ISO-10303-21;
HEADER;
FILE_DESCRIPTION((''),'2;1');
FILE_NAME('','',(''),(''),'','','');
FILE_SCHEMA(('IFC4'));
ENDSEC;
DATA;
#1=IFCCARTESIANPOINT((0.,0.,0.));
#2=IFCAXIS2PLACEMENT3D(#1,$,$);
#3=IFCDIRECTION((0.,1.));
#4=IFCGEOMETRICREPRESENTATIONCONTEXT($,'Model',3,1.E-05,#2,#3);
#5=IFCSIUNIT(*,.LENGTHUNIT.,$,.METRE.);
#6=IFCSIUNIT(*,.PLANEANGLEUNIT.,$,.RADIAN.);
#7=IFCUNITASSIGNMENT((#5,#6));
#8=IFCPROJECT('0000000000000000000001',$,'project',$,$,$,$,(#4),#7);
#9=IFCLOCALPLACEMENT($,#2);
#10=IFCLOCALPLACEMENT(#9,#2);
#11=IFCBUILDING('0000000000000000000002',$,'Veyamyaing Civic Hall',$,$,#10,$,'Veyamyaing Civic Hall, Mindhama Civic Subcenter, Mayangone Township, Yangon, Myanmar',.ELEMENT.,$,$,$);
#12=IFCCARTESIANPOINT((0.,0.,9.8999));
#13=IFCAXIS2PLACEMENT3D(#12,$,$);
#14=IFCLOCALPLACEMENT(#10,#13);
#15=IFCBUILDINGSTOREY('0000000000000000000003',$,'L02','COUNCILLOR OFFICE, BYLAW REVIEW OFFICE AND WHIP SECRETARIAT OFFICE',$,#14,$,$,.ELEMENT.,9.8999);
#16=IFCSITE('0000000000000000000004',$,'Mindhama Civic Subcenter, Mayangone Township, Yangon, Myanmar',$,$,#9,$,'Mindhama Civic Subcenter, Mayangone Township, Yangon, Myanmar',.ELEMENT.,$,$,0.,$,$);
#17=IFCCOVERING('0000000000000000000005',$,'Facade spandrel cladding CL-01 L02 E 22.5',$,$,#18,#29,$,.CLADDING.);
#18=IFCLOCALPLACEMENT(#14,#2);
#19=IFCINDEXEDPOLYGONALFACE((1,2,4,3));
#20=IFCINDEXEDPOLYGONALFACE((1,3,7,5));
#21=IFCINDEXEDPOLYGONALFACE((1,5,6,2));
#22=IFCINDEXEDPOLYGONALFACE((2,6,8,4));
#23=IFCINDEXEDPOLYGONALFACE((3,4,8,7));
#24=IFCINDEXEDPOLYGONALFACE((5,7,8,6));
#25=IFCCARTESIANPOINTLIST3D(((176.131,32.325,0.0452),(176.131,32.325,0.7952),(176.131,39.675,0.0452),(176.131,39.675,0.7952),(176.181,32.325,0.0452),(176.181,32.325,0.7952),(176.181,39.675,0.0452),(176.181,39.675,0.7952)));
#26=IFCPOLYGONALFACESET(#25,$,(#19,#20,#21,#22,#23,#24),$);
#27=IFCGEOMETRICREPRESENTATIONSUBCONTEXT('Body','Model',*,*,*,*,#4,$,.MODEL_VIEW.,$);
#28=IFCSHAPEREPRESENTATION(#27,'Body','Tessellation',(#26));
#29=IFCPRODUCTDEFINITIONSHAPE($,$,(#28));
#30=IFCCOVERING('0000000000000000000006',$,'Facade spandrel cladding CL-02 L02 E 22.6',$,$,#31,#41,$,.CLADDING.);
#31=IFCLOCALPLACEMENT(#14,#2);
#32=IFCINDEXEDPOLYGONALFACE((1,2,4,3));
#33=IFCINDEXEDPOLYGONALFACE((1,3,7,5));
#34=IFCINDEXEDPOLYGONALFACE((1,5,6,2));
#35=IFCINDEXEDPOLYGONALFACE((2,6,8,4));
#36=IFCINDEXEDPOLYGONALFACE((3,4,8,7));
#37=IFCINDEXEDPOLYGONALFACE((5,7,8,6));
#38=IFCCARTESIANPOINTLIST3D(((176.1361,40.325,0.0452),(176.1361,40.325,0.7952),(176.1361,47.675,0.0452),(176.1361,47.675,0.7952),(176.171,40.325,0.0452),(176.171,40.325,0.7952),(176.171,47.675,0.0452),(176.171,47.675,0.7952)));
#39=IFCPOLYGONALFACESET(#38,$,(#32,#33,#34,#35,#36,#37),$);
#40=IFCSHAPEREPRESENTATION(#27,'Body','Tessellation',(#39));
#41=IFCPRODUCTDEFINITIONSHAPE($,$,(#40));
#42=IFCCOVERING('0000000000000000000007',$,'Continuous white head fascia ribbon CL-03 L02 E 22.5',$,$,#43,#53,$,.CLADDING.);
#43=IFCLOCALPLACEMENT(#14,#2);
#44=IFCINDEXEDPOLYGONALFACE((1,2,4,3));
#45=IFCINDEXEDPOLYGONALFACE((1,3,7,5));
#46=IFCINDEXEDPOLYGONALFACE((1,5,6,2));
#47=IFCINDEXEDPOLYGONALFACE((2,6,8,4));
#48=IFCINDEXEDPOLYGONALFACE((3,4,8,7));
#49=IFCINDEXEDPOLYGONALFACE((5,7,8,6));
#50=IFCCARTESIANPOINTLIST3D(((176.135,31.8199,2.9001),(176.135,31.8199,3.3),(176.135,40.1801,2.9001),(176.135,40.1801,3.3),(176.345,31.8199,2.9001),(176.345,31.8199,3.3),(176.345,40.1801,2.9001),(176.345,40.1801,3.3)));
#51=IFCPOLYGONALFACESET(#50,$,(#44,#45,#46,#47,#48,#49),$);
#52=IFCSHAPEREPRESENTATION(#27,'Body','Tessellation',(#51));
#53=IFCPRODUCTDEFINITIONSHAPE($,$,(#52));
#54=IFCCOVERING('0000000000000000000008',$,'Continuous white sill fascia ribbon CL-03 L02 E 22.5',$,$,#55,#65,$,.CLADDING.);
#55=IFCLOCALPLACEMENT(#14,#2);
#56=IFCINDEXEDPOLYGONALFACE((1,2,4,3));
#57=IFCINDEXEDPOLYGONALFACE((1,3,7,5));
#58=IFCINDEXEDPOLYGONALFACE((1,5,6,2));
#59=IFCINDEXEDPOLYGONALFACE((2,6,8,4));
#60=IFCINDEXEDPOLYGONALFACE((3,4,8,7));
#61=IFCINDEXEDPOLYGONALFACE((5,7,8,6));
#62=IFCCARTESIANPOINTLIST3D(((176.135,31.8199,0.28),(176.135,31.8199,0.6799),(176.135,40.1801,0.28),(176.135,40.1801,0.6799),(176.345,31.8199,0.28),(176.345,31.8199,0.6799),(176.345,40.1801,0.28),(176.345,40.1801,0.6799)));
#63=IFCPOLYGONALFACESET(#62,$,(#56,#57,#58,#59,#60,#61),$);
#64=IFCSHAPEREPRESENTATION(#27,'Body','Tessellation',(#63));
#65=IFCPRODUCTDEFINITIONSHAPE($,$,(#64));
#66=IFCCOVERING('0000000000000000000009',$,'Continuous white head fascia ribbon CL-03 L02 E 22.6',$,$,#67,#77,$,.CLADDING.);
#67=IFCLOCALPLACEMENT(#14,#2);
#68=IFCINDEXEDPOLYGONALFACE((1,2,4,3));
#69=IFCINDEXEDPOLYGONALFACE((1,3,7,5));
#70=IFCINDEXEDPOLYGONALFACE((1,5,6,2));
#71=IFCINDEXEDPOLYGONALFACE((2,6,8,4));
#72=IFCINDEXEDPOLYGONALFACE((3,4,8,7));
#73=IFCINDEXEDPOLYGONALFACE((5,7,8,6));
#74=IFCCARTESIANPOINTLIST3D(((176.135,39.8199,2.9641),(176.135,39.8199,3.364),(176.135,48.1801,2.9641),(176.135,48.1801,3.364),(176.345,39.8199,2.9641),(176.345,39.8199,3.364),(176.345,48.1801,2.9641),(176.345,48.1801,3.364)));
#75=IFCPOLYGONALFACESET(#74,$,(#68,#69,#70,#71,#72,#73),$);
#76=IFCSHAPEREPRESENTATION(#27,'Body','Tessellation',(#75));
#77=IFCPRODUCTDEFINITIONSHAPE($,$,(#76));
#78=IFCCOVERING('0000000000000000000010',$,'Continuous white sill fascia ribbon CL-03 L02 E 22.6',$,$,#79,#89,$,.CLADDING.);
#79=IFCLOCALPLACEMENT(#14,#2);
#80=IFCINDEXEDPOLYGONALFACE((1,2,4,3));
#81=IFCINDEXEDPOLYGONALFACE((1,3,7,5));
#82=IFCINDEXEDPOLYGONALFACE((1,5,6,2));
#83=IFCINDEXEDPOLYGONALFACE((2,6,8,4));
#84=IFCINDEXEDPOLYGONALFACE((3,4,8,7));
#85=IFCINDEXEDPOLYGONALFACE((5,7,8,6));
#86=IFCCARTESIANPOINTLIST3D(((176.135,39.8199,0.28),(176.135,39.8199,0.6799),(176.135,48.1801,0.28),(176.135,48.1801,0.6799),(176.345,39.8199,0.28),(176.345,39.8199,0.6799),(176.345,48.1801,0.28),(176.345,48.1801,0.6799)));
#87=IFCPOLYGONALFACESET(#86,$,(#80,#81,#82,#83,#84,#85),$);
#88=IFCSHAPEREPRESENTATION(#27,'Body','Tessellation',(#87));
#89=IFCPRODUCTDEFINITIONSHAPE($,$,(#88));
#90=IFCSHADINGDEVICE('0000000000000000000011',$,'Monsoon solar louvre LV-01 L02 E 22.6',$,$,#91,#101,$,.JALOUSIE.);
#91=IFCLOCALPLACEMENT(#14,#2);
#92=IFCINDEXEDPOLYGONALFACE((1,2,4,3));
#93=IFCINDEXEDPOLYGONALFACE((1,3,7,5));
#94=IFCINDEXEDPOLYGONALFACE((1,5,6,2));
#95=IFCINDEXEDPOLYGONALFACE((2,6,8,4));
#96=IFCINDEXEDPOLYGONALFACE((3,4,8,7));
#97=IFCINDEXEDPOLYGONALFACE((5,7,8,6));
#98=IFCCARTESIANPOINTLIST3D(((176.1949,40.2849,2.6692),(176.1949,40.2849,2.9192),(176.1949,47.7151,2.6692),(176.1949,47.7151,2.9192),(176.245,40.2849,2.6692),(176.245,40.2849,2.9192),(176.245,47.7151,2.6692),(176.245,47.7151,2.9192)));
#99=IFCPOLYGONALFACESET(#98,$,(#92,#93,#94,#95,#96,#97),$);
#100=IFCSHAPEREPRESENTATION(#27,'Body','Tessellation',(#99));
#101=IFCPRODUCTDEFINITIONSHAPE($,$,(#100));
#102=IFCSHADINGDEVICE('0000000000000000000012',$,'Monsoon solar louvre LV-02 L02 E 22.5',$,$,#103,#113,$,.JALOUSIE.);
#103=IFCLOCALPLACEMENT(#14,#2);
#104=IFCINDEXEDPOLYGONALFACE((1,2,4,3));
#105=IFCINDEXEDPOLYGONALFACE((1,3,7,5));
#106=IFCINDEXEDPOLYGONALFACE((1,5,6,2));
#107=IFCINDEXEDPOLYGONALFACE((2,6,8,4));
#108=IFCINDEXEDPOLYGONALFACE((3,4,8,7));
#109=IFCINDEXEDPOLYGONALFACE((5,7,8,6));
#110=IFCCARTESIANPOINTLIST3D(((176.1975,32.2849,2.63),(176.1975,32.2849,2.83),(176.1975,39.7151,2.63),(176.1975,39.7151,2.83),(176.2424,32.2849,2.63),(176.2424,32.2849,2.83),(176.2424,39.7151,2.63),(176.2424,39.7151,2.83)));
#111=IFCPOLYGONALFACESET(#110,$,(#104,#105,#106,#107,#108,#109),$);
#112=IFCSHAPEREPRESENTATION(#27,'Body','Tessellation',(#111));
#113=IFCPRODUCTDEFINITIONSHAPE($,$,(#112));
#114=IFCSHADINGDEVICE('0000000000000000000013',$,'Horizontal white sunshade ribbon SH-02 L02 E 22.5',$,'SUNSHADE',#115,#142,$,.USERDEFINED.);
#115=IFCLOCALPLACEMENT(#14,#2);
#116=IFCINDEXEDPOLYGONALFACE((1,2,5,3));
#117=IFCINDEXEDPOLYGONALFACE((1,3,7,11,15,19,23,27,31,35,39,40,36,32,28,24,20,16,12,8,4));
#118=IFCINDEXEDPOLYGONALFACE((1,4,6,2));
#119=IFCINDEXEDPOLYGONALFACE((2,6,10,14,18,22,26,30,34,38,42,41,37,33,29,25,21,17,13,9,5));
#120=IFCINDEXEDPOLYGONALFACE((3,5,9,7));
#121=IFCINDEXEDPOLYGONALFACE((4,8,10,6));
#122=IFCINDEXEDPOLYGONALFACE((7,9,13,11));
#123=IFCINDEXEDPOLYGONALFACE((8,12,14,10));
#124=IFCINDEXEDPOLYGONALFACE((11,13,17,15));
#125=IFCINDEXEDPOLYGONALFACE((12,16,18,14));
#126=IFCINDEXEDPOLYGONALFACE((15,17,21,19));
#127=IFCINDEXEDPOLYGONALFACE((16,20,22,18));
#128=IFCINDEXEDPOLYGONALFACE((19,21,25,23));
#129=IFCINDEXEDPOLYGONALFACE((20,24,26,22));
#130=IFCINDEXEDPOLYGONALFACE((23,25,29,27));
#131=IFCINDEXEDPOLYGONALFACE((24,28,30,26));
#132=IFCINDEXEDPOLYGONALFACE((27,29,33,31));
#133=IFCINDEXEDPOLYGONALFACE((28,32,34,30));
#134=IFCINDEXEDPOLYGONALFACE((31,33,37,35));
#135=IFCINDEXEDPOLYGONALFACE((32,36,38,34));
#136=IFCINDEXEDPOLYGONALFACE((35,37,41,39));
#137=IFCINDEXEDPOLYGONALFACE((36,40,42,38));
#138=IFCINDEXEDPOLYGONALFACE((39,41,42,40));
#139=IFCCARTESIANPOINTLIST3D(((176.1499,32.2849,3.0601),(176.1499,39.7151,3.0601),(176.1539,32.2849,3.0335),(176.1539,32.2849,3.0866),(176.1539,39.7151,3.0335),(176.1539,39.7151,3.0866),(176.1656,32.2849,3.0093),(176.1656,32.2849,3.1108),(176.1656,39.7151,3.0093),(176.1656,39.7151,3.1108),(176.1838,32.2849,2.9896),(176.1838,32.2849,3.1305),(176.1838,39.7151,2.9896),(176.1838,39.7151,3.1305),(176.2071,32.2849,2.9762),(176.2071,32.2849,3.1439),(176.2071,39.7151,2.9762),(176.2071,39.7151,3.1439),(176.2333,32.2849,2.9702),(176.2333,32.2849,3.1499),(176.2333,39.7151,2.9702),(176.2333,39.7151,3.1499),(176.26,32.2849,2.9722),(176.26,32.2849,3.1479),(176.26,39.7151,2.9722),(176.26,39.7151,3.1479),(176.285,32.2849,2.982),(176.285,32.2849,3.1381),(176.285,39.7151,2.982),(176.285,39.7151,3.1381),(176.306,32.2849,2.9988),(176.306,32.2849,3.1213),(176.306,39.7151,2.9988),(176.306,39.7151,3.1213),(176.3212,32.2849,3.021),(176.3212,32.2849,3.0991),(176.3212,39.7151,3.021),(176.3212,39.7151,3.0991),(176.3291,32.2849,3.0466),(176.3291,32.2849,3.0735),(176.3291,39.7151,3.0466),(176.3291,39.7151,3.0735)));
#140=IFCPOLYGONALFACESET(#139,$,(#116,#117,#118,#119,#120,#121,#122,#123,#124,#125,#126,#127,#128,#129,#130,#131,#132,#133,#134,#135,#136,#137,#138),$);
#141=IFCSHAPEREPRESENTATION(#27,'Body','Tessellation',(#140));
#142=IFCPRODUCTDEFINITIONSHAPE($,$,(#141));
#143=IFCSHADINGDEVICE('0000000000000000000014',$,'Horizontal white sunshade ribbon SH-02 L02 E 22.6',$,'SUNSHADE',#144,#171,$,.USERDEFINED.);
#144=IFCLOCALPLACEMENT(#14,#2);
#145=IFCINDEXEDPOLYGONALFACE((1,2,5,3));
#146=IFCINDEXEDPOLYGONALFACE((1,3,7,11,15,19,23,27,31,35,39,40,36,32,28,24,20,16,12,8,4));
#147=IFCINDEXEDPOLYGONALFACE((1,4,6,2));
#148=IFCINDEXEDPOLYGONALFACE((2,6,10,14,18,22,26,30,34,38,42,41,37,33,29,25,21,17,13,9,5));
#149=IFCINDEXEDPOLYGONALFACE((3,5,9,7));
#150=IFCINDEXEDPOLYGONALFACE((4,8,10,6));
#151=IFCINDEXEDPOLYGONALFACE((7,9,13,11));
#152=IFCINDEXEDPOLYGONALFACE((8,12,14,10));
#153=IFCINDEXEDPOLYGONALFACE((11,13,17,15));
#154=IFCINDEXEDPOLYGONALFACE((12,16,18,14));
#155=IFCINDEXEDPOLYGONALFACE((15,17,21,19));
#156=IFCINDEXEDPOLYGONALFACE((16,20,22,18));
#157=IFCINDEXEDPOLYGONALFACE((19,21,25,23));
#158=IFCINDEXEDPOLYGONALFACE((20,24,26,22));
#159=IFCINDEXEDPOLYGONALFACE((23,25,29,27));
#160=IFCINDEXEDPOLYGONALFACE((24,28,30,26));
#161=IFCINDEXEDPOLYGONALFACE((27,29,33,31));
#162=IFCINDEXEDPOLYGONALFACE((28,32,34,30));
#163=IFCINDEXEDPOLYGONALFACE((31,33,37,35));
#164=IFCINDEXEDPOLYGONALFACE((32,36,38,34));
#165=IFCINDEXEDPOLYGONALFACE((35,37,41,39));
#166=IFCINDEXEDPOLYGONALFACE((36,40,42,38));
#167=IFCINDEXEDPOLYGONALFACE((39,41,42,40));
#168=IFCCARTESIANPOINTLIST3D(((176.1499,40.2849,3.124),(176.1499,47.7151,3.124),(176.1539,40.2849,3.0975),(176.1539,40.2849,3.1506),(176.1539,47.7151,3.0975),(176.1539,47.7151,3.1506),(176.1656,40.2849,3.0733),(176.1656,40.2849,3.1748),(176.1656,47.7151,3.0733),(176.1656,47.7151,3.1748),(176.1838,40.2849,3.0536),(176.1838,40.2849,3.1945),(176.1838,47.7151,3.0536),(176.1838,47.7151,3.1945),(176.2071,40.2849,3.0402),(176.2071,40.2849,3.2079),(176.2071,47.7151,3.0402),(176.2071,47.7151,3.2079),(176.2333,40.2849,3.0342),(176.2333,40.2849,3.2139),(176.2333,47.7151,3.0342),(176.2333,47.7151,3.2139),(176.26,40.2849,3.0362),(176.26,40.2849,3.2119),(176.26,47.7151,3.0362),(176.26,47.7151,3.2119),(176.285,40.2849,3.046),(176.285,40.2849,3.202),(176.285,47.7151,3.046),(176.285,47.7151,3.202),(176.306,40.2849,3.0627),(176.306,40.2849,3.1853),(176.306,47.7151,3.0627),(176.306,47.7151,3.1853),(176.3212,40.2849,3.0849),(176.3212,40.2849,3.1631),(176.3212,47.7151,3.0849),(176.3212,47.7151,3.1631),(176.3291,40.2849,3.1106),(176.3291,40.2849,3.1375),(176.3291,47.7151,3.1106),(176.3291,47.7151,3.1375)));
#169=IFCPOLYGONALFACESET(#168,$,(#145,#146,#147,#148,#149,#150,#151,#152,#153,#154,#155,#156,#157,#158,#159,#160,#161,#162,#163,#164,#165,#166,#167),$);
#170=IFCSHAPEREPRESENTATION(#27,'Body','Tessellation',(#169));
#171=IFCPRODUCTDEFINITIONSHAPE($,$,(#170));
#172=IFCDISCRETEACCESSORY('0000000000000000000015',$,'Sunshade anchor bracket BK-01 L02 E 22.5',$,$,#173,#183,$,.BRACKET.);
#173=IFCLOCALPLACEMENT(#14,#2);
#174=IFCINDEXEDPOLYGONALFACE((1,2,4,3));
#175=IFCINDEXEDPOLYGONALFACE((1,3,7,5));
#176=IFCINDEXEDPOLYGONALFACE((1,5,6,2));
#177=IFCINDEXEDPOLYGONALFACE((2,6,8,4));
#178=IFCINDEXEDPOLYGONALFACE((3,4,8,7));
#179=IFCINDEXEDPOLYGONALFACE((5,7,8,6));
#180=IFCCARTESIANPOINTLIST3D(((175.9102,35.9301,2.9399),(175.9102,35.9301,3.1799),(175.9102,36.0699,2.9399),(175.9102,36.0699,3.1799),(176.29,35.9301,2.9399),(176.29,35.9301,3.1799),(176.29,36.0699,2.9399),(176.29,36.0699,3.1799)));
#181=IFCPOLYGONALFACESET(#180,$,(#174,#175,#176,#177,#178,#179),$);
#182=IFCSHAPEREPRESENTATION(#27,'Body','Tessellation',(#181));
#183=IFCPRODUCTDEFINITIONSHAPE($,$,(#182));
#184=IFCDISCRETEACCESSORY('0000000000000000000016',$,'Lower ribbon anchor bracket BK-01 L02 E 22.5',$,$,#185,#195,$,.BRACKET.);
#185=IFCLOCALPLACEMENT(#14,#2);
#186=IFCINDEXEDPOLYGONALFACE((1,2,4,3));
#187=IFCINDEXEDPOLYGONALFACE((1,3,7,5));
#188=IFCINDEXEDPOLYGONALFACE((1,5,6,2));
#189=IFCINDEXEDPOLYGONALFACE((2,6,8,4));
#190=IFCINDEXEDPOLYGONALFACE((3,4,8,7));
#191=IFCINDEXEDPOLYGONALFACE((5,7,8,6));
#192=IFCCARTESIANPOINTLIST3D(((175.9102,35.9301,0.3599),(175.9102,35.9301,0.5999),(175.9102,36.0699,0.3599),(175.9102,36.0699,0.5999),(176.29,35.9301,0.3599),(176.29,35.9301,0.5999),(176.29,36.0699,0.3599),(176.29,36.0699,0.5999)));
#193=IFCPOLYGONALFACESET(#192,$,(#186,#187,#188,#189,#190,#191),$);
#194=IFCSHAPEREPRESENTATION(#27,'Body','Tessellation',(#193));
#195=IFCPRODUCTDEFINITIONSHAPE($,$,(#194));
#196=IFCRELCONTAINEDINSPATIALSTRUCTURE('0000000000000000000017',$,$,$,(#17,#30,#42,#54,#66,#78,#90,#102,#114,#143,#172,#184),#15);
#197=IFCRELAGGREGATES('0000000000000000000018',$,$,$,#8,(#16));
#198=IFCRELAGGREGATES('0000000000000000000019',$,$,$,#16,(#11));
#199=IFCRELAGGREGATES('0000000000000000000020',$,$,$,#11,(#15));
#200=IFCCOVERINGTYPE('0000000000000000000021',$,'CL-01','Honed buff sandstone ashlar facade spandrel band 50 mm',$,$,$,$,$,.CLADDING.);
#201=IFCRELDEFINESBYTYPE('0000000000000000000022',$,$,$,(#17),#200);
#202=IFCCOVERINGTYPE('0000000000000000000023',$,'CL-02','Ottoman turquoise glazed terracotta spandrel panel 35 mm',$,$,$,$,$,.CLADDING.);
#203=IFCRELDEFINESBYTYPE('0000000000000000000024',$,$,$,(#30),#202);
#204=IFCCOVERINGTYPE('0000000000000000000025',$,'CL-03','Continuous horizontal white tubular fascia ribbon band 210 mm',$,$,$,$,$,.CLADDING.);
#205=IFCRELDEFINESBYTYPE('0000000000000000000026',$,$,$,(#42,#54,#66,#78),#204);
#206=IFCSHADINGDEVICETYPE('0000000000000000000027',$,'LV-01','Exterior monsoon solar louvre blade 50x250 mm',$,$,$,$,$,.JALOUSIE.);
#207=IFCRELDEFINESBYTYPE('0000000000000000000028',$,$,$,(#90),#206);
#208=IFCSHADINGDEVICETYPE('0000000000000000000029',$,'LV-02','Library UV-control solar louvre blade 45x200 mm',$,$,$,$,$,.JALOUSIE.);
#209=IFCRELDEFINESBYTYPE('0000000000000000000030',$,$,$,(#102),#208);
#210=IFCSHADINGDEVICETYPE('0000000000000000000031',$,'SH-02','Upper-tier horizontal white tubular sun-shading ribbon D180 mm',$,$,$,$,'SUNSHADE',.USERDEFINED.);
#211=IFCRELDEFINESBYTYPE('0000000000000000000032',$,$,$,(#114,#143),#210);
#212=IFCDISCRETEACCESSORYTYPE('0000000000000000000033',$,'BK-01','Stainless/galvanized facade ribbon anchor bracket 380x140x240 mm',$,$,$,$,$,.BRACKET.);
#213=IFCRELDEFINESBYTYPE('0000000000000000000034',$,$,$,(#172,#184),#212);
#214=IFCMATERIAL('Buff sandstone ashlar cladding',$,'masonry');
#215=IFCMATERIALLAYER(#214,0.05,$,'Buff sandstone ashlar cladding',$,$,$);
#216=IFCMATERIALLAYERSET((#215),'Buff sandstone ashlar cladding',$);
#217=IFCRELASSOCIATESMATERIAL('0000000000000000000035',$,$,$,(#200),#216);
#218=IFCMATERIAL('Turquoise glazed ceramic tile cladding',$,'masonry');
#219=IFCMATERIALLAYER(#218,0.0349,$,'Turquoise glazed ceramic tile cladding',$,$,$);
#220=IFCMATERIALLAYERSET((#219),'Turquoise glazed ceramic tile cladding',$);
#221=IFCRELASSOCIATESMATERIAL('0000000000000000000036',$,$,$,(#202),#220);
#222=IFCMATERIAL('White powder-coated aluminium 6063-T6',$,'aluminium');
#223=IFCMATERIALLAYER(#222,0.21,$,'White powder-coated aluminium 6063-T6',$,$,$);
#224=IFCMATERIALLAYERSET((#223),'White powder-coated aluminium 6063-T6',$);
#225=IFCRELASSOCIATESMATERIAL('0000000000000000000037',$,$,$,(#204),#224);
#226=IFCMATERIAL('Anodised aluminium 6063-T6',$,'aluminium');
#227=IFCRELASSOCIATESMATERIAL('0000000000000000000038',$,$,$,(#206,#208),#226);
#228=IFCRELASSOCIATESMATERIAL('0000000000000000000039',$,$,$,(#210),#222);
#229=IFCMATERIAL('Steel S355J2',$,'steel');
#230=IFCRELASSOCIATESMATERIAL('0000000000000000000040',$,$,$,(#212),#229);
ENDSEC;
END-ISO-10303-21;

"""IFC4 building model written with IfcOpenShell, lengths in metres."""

from ifc_helpers import new_model, si_unit, direction, frame, origin, origin_2d, place, context, subcontext, project, spatial, rectangle, circle, extrude, material, layer, layer_set, material_profile, profile_set, type_object, element, save


model = new_model("IFC4")

# Units and contexts
model_context = context("Model", 3, precision=1e-05, world=origin(), true_north=direction((0.0, 1.0)))
body_context = subcontext(model_context, "Body", "Model", "MODEL_VIEW")
ifc_project = project(units=[si_unit("LENGTHUNIT", "METRE"), si_unit("PLANEANGLEUNIT", "RADIAN")], contexts=[model_context])

# Site, building, storey
site_placement = place(None, origin())
site = spatial("IfcSite", under=ifc_project, at=site_placement, Name="Mindhama Civic Subcenter, Mayangone Township, Yangon, Myanmar", LongName="Mindhama Civic Subcenter, Mayangone Township, Yangon, Myanmar", CompositionType="ELEMENT", RefElevation=0.0)
building_placement = place(site_placement, origin())
building = spatial("IfcBuilding", under=site, at=building_placement, Name="Veyamyaing Civic Hall", LongName="Veyamyaing Civic Hall, Mindhama Civic Subcenter, Mayangone Township, Yangon, Myanmar", CompositionType="ELEMENT")
storey_placement = place(building_placement, frame((0.0, 0.0, 9.8999)))
storey = spatial("IfcBuildingStorey", under=building, at=storey_placement, Name="L02", Description="COUNCILLOR OFFICE, BYLAW REVIEW OFFICE AND WHIP SECRETARIAT OFFICE", CompositionType="ELEMENT", Elevation=9.8999)

# Coverings
ifc_material_1 = material(Name="Buff sandstone ashlar cladding", Category="masonry")
ifc_layer_1 = layer(ifc_material_1, 0.05, Name="Buff sandstone ashlar cladding")
ifc_layer_set_1 = layer_set([ifc_layer_1], Name="Buff sandstone ashlar cladding")
covering_type_1 = type_object("IfcCoveringType", Name="CL-01", Description="Honed buff sandstone ashlar facade spandrel band 50 mm", PredefinedType="CLADDING", material=ifc_layer_set_1)
covering_1_placement = place(storey_placement, frame((176.156, 36.0, 0.0452), z_axis=(0.0, 0.0, 1.0), x_axis=(0.0, 1.0, 0.0)))
element("IfcCovering", 1, at=covering_1_placement, inside=storey, type_object=covering_type_1, Name="Facade spandrel cladding CL-01 L02 E 22.5", PredefinedType="CLADDING", context=body_context, shape_type="SweptSolid", body=[
    extrude(rectangle(XDim=7.3501, YDim=0.05, at=origin_2d()), origin(), (0.0, 0.0, 1.0), 0.75),
])
ifc_material_2 = material(Name="Turquoise glazed ceramic tile cladding", Category="masonry")
ifc_layer_2 = layer(ifc_material_2, 0.0349, Name="Turquoise glazed ceramic tile cladding")
ifc_layer_set_2 = layer_set([ifc_layer_2], Name="Turquoise glazed ceramic tile cladding")
covering_type_2 = type_object("IfcCoveringType", Name="CL-02", Description="Ottoman turquoise glazed terracotta spandrel panel 35 mm", PredefinedType="CLADDING", material=ifc_layer_set_2)
covering_2_placement = place(storey_placement, frame((176.1536, 44.0, 0.0452), z_axis=(0.0, 0.0, 1.0), x_axis=(0.0, 1.0, 0.0)))
element("IfcCovering", 2, at=covering_2_placement, inside=storey, type_object=covering_type_2, Name="Facade spandrel cladding CL-02 L02 E 22.6", PredefinedType="CLADDING", context=body_context, shape_type="SweptSolid", body=[
    extrude(rectangle(XDim=7.3501, YDim=0.0349, at=origin_2d()), origin(), (0.0, 0.0, 1.0), 0.75),
])
ifc_material_3 = material(Name="White powder-coated aluminium 6063-T6", Category="aluminium")
ifc_layer_3 = layer(ifc_material_3, 0.21, Name="White powder-coated aluminium 6063-T6")
ifc_layer_set_3 = layer_set([ifc_layer_3], Name="White powder-coated aluminium 6063-T6")
covering_type_3 = type_object("IfcCoveringType", Name="CL-03", Description="Continuous horizontal white tubular fascia ribbon band 210 mm", PredefinedType="CLADDING", material=ifc_layer_set_3)
for number, where, z_axis, x_axis, name in (
    (3, (176.24, 36.0, 2.9001), (0.0, 0.0, 1.0), (0.0, 1.0, 0.0), "Continuous white head fascia ribbon CL-03 L02 E 22.5"),
    (4, (176.24, 36.0, 0.28), (0.0, 0.0, 1.0), (0.0, 1.0, 0.0), "Continuous white sill fascia ribbon CL-03 L02 E 22.5"),
    (5, (176.24, 44.0, 2.9641), (0.0, 0.0, 1.0), (0.0, 1.0, 0.0), "Continuous white head fascia ribbon CL-03 L02 E 22.6"),
    (6, (176.24, 44.0, 0.28), (0.0, 0.0, 1.0), (0.0, 1.0, 0.0), "Continuous white sill fascia ribbon CL-03 L02 E 22.6"),
):
    element("IfcCovering", number, at=place(storey_placement, frame(where, z_axis=z_axis, x_axis=x_axis)), inside=storey, type_object=covering_type_3, Name=name, PredefinedType="CLADDING", context=body_context, shape_type="SweptSolid", body=[
        extrude(rectangle(XDim=8.3601, YDim=0.21, at=origin_2d()), origin(), (0.0, 0.0, 1.0), 0.3999),
    ])

# Shading devices
ifc_material_4 = material(Name="Anodised aluminium 6063-T6", Category="aluminium")
ifc_material_profile_1 = material_profile(ifc_material_4, rectangle(XDim=0.05, YDim=0.25, at=origin_2d()), Name="LOUVRE-BLADE-50X250")
ifc_profile_set_1 = profile_set([ifc_material_profile_1], Name="Anodised aluminium 6063-T6")
shading_device_type_1 = type_object("IfcShadingDeviceType", Name="LV-01", Description="Exterior monsoon solar louvre blade 50x250 mm", PredefinedType="JALOUSIE", material=ifc_profile_set_1)
shading_device_1_placement = place(storey_placement, frame((176.22, 40.2849, 2.7942), z_axis=(0.0, 1.0, 0.0), x_axis=(-1.0, 0.0, 0.0)))
element("IfcShadingDevice", 7, at=shading_device_1_placement, inside=storey, type_object=shading_device_type_1, Name="Monsoon solar louvre LV-01 L02 E 22.6", PredefinedType="JALOUSIE", context=body_context, shape_type="SweptSolid", body=[
    extrude(rectangle(XDim=0.05, YDim=0.25, at=origin_2d()), origin(), (0.0, 0.0, 1.0), 7.4302),
])
ifc_material_profile_2 = material_profile(ifc_material_4, rectangle(XDim=0.0449, YDim=0.2, at=origin_2d()), Name="LOUVRE-BLADE-45X200")
ifc_profile_set_2 = profile_set([ifc_material_profile_2], Name="Anodised aluminium 6063-T6")
shading_device_type_2 = type_object("IfcShadingDeviceType", Name="LV-02", Description="Library UV-control solar louvre blade 45x200 mm", PredefinedType="JALOUSIE", material=ifc_profile_set_2)
shading_device_2_placement = place(storey_placement, frame((176.22, 32.2849, 2.73), z_axis=(0.0, 1.0, 0.0), x_axis=(-1.0, 0.0, 0.0)))
element("IfcShadingDevice", 8, at=shading_device_2_placement, inside=storey, type_object=shading_device_type_2, Name="Monsoon solar louvre LV-02 L02 E 22.5", PredefinedType="JALOUSIE", context=body_context, shape_type="SweptSolid", body=[
    extrude(rectangle(XDim=0.0449, YDim=0.2, at=origin_2d()), origin(), (0.0, 0.0, 1.0), 7.4302),
])
ifc_material_profile_3 = material_profile(ifc_material_3, circle(Radius=0.0901, at=origin_2d()), Name="SHADE-TUBE-180")
ifc_profile_set_3 = profile_set([ifc_material_profile_3], Name="White powder-coated aluminium 6063-T6")
shading_device_type_3 = type_object("IfcShadingDeviceType", Name="SH-02", Description="Upper-tier horizontal white tubular sun-shading ribbon D180 mm", ElementType="SUNSHADE", PredefinedType="USERDEFINED", material=ifc_profile_set_3)
for number, where, z_axis, x_axis, name in (
    (9, (176.24, 32.2849, 3.0601), (0.0, 1.0, 0.0), (-1.0, 0.0, 0.0), "Horizontal white sunshade ribbon SH-02 L02 E 22.5"),
    (10, (176.24, 40.2849, 3.124), (0.0, 1.0, 0.0), (-1.0, 0.0, 0.0), "Horizontal white sunshade ribbon SH-02 L02 E 22.6"),
):
    element("IfcShadingDevice", number, at=place(storey_placement, frame(where, z_axis=z_axis, x_axis=x_axis)), inside=storey, type_object=shading_device_type_3, Name=name, ObjectType="SUNSHADE", PredefinedType="USERDEFINED", context=body_context, shape_type="SweptSolid", body=[
        extrude(circle(Radius=0.0901, at=origin_2d()), origin(), (0.0, 0.0, 1.0), 7.4302),
    ])

# Discrete accessories
ifc_material_5 = material(Name="Steel S355J2", Category="steel")
discrete_accessory_type = type_object("IfcDiscreteAccessoryType", Name="BK-01", Description="Stainless/galvanized facade ribbon anchor bracket 380x140x240 mm", PredefinedType="BRACKET", material=ifc_material_5)
for number, where, z_axis, x_axis, name in (
    (11, (176.1001, 36.0, 2.9399), (0.0, 0.0, 1.0), (1.0, 0.0, 0.0), "Sunshade anchor bracket BK-01 L02 E 22.5"),
    (12, (176.1001, 36.0, 0.3599), (0.0, 0.0, 1.0), (1.0, 0.0, 0.0), "Lower ribbon anchor bracket BK-01 L02 E 22.5"),
):
    element("IfcDiscreteAccessory", number, at=place(storey_placement, frame(where, z_axis=z_axis, x_axis=x_axis)), inside=storey, type_object=discrete_accessory_type, Name=name, PredefinedType="BRACKET", context=body_context, shape_type="SweptSolid", body=[
        extrude(rectangle(XDim=0.3799, YDim=0.1399, at=origin_2d()), origin(), (0.0, 0.0, 1.0), 0.24),
    ])

save(model, "model.ifc")
